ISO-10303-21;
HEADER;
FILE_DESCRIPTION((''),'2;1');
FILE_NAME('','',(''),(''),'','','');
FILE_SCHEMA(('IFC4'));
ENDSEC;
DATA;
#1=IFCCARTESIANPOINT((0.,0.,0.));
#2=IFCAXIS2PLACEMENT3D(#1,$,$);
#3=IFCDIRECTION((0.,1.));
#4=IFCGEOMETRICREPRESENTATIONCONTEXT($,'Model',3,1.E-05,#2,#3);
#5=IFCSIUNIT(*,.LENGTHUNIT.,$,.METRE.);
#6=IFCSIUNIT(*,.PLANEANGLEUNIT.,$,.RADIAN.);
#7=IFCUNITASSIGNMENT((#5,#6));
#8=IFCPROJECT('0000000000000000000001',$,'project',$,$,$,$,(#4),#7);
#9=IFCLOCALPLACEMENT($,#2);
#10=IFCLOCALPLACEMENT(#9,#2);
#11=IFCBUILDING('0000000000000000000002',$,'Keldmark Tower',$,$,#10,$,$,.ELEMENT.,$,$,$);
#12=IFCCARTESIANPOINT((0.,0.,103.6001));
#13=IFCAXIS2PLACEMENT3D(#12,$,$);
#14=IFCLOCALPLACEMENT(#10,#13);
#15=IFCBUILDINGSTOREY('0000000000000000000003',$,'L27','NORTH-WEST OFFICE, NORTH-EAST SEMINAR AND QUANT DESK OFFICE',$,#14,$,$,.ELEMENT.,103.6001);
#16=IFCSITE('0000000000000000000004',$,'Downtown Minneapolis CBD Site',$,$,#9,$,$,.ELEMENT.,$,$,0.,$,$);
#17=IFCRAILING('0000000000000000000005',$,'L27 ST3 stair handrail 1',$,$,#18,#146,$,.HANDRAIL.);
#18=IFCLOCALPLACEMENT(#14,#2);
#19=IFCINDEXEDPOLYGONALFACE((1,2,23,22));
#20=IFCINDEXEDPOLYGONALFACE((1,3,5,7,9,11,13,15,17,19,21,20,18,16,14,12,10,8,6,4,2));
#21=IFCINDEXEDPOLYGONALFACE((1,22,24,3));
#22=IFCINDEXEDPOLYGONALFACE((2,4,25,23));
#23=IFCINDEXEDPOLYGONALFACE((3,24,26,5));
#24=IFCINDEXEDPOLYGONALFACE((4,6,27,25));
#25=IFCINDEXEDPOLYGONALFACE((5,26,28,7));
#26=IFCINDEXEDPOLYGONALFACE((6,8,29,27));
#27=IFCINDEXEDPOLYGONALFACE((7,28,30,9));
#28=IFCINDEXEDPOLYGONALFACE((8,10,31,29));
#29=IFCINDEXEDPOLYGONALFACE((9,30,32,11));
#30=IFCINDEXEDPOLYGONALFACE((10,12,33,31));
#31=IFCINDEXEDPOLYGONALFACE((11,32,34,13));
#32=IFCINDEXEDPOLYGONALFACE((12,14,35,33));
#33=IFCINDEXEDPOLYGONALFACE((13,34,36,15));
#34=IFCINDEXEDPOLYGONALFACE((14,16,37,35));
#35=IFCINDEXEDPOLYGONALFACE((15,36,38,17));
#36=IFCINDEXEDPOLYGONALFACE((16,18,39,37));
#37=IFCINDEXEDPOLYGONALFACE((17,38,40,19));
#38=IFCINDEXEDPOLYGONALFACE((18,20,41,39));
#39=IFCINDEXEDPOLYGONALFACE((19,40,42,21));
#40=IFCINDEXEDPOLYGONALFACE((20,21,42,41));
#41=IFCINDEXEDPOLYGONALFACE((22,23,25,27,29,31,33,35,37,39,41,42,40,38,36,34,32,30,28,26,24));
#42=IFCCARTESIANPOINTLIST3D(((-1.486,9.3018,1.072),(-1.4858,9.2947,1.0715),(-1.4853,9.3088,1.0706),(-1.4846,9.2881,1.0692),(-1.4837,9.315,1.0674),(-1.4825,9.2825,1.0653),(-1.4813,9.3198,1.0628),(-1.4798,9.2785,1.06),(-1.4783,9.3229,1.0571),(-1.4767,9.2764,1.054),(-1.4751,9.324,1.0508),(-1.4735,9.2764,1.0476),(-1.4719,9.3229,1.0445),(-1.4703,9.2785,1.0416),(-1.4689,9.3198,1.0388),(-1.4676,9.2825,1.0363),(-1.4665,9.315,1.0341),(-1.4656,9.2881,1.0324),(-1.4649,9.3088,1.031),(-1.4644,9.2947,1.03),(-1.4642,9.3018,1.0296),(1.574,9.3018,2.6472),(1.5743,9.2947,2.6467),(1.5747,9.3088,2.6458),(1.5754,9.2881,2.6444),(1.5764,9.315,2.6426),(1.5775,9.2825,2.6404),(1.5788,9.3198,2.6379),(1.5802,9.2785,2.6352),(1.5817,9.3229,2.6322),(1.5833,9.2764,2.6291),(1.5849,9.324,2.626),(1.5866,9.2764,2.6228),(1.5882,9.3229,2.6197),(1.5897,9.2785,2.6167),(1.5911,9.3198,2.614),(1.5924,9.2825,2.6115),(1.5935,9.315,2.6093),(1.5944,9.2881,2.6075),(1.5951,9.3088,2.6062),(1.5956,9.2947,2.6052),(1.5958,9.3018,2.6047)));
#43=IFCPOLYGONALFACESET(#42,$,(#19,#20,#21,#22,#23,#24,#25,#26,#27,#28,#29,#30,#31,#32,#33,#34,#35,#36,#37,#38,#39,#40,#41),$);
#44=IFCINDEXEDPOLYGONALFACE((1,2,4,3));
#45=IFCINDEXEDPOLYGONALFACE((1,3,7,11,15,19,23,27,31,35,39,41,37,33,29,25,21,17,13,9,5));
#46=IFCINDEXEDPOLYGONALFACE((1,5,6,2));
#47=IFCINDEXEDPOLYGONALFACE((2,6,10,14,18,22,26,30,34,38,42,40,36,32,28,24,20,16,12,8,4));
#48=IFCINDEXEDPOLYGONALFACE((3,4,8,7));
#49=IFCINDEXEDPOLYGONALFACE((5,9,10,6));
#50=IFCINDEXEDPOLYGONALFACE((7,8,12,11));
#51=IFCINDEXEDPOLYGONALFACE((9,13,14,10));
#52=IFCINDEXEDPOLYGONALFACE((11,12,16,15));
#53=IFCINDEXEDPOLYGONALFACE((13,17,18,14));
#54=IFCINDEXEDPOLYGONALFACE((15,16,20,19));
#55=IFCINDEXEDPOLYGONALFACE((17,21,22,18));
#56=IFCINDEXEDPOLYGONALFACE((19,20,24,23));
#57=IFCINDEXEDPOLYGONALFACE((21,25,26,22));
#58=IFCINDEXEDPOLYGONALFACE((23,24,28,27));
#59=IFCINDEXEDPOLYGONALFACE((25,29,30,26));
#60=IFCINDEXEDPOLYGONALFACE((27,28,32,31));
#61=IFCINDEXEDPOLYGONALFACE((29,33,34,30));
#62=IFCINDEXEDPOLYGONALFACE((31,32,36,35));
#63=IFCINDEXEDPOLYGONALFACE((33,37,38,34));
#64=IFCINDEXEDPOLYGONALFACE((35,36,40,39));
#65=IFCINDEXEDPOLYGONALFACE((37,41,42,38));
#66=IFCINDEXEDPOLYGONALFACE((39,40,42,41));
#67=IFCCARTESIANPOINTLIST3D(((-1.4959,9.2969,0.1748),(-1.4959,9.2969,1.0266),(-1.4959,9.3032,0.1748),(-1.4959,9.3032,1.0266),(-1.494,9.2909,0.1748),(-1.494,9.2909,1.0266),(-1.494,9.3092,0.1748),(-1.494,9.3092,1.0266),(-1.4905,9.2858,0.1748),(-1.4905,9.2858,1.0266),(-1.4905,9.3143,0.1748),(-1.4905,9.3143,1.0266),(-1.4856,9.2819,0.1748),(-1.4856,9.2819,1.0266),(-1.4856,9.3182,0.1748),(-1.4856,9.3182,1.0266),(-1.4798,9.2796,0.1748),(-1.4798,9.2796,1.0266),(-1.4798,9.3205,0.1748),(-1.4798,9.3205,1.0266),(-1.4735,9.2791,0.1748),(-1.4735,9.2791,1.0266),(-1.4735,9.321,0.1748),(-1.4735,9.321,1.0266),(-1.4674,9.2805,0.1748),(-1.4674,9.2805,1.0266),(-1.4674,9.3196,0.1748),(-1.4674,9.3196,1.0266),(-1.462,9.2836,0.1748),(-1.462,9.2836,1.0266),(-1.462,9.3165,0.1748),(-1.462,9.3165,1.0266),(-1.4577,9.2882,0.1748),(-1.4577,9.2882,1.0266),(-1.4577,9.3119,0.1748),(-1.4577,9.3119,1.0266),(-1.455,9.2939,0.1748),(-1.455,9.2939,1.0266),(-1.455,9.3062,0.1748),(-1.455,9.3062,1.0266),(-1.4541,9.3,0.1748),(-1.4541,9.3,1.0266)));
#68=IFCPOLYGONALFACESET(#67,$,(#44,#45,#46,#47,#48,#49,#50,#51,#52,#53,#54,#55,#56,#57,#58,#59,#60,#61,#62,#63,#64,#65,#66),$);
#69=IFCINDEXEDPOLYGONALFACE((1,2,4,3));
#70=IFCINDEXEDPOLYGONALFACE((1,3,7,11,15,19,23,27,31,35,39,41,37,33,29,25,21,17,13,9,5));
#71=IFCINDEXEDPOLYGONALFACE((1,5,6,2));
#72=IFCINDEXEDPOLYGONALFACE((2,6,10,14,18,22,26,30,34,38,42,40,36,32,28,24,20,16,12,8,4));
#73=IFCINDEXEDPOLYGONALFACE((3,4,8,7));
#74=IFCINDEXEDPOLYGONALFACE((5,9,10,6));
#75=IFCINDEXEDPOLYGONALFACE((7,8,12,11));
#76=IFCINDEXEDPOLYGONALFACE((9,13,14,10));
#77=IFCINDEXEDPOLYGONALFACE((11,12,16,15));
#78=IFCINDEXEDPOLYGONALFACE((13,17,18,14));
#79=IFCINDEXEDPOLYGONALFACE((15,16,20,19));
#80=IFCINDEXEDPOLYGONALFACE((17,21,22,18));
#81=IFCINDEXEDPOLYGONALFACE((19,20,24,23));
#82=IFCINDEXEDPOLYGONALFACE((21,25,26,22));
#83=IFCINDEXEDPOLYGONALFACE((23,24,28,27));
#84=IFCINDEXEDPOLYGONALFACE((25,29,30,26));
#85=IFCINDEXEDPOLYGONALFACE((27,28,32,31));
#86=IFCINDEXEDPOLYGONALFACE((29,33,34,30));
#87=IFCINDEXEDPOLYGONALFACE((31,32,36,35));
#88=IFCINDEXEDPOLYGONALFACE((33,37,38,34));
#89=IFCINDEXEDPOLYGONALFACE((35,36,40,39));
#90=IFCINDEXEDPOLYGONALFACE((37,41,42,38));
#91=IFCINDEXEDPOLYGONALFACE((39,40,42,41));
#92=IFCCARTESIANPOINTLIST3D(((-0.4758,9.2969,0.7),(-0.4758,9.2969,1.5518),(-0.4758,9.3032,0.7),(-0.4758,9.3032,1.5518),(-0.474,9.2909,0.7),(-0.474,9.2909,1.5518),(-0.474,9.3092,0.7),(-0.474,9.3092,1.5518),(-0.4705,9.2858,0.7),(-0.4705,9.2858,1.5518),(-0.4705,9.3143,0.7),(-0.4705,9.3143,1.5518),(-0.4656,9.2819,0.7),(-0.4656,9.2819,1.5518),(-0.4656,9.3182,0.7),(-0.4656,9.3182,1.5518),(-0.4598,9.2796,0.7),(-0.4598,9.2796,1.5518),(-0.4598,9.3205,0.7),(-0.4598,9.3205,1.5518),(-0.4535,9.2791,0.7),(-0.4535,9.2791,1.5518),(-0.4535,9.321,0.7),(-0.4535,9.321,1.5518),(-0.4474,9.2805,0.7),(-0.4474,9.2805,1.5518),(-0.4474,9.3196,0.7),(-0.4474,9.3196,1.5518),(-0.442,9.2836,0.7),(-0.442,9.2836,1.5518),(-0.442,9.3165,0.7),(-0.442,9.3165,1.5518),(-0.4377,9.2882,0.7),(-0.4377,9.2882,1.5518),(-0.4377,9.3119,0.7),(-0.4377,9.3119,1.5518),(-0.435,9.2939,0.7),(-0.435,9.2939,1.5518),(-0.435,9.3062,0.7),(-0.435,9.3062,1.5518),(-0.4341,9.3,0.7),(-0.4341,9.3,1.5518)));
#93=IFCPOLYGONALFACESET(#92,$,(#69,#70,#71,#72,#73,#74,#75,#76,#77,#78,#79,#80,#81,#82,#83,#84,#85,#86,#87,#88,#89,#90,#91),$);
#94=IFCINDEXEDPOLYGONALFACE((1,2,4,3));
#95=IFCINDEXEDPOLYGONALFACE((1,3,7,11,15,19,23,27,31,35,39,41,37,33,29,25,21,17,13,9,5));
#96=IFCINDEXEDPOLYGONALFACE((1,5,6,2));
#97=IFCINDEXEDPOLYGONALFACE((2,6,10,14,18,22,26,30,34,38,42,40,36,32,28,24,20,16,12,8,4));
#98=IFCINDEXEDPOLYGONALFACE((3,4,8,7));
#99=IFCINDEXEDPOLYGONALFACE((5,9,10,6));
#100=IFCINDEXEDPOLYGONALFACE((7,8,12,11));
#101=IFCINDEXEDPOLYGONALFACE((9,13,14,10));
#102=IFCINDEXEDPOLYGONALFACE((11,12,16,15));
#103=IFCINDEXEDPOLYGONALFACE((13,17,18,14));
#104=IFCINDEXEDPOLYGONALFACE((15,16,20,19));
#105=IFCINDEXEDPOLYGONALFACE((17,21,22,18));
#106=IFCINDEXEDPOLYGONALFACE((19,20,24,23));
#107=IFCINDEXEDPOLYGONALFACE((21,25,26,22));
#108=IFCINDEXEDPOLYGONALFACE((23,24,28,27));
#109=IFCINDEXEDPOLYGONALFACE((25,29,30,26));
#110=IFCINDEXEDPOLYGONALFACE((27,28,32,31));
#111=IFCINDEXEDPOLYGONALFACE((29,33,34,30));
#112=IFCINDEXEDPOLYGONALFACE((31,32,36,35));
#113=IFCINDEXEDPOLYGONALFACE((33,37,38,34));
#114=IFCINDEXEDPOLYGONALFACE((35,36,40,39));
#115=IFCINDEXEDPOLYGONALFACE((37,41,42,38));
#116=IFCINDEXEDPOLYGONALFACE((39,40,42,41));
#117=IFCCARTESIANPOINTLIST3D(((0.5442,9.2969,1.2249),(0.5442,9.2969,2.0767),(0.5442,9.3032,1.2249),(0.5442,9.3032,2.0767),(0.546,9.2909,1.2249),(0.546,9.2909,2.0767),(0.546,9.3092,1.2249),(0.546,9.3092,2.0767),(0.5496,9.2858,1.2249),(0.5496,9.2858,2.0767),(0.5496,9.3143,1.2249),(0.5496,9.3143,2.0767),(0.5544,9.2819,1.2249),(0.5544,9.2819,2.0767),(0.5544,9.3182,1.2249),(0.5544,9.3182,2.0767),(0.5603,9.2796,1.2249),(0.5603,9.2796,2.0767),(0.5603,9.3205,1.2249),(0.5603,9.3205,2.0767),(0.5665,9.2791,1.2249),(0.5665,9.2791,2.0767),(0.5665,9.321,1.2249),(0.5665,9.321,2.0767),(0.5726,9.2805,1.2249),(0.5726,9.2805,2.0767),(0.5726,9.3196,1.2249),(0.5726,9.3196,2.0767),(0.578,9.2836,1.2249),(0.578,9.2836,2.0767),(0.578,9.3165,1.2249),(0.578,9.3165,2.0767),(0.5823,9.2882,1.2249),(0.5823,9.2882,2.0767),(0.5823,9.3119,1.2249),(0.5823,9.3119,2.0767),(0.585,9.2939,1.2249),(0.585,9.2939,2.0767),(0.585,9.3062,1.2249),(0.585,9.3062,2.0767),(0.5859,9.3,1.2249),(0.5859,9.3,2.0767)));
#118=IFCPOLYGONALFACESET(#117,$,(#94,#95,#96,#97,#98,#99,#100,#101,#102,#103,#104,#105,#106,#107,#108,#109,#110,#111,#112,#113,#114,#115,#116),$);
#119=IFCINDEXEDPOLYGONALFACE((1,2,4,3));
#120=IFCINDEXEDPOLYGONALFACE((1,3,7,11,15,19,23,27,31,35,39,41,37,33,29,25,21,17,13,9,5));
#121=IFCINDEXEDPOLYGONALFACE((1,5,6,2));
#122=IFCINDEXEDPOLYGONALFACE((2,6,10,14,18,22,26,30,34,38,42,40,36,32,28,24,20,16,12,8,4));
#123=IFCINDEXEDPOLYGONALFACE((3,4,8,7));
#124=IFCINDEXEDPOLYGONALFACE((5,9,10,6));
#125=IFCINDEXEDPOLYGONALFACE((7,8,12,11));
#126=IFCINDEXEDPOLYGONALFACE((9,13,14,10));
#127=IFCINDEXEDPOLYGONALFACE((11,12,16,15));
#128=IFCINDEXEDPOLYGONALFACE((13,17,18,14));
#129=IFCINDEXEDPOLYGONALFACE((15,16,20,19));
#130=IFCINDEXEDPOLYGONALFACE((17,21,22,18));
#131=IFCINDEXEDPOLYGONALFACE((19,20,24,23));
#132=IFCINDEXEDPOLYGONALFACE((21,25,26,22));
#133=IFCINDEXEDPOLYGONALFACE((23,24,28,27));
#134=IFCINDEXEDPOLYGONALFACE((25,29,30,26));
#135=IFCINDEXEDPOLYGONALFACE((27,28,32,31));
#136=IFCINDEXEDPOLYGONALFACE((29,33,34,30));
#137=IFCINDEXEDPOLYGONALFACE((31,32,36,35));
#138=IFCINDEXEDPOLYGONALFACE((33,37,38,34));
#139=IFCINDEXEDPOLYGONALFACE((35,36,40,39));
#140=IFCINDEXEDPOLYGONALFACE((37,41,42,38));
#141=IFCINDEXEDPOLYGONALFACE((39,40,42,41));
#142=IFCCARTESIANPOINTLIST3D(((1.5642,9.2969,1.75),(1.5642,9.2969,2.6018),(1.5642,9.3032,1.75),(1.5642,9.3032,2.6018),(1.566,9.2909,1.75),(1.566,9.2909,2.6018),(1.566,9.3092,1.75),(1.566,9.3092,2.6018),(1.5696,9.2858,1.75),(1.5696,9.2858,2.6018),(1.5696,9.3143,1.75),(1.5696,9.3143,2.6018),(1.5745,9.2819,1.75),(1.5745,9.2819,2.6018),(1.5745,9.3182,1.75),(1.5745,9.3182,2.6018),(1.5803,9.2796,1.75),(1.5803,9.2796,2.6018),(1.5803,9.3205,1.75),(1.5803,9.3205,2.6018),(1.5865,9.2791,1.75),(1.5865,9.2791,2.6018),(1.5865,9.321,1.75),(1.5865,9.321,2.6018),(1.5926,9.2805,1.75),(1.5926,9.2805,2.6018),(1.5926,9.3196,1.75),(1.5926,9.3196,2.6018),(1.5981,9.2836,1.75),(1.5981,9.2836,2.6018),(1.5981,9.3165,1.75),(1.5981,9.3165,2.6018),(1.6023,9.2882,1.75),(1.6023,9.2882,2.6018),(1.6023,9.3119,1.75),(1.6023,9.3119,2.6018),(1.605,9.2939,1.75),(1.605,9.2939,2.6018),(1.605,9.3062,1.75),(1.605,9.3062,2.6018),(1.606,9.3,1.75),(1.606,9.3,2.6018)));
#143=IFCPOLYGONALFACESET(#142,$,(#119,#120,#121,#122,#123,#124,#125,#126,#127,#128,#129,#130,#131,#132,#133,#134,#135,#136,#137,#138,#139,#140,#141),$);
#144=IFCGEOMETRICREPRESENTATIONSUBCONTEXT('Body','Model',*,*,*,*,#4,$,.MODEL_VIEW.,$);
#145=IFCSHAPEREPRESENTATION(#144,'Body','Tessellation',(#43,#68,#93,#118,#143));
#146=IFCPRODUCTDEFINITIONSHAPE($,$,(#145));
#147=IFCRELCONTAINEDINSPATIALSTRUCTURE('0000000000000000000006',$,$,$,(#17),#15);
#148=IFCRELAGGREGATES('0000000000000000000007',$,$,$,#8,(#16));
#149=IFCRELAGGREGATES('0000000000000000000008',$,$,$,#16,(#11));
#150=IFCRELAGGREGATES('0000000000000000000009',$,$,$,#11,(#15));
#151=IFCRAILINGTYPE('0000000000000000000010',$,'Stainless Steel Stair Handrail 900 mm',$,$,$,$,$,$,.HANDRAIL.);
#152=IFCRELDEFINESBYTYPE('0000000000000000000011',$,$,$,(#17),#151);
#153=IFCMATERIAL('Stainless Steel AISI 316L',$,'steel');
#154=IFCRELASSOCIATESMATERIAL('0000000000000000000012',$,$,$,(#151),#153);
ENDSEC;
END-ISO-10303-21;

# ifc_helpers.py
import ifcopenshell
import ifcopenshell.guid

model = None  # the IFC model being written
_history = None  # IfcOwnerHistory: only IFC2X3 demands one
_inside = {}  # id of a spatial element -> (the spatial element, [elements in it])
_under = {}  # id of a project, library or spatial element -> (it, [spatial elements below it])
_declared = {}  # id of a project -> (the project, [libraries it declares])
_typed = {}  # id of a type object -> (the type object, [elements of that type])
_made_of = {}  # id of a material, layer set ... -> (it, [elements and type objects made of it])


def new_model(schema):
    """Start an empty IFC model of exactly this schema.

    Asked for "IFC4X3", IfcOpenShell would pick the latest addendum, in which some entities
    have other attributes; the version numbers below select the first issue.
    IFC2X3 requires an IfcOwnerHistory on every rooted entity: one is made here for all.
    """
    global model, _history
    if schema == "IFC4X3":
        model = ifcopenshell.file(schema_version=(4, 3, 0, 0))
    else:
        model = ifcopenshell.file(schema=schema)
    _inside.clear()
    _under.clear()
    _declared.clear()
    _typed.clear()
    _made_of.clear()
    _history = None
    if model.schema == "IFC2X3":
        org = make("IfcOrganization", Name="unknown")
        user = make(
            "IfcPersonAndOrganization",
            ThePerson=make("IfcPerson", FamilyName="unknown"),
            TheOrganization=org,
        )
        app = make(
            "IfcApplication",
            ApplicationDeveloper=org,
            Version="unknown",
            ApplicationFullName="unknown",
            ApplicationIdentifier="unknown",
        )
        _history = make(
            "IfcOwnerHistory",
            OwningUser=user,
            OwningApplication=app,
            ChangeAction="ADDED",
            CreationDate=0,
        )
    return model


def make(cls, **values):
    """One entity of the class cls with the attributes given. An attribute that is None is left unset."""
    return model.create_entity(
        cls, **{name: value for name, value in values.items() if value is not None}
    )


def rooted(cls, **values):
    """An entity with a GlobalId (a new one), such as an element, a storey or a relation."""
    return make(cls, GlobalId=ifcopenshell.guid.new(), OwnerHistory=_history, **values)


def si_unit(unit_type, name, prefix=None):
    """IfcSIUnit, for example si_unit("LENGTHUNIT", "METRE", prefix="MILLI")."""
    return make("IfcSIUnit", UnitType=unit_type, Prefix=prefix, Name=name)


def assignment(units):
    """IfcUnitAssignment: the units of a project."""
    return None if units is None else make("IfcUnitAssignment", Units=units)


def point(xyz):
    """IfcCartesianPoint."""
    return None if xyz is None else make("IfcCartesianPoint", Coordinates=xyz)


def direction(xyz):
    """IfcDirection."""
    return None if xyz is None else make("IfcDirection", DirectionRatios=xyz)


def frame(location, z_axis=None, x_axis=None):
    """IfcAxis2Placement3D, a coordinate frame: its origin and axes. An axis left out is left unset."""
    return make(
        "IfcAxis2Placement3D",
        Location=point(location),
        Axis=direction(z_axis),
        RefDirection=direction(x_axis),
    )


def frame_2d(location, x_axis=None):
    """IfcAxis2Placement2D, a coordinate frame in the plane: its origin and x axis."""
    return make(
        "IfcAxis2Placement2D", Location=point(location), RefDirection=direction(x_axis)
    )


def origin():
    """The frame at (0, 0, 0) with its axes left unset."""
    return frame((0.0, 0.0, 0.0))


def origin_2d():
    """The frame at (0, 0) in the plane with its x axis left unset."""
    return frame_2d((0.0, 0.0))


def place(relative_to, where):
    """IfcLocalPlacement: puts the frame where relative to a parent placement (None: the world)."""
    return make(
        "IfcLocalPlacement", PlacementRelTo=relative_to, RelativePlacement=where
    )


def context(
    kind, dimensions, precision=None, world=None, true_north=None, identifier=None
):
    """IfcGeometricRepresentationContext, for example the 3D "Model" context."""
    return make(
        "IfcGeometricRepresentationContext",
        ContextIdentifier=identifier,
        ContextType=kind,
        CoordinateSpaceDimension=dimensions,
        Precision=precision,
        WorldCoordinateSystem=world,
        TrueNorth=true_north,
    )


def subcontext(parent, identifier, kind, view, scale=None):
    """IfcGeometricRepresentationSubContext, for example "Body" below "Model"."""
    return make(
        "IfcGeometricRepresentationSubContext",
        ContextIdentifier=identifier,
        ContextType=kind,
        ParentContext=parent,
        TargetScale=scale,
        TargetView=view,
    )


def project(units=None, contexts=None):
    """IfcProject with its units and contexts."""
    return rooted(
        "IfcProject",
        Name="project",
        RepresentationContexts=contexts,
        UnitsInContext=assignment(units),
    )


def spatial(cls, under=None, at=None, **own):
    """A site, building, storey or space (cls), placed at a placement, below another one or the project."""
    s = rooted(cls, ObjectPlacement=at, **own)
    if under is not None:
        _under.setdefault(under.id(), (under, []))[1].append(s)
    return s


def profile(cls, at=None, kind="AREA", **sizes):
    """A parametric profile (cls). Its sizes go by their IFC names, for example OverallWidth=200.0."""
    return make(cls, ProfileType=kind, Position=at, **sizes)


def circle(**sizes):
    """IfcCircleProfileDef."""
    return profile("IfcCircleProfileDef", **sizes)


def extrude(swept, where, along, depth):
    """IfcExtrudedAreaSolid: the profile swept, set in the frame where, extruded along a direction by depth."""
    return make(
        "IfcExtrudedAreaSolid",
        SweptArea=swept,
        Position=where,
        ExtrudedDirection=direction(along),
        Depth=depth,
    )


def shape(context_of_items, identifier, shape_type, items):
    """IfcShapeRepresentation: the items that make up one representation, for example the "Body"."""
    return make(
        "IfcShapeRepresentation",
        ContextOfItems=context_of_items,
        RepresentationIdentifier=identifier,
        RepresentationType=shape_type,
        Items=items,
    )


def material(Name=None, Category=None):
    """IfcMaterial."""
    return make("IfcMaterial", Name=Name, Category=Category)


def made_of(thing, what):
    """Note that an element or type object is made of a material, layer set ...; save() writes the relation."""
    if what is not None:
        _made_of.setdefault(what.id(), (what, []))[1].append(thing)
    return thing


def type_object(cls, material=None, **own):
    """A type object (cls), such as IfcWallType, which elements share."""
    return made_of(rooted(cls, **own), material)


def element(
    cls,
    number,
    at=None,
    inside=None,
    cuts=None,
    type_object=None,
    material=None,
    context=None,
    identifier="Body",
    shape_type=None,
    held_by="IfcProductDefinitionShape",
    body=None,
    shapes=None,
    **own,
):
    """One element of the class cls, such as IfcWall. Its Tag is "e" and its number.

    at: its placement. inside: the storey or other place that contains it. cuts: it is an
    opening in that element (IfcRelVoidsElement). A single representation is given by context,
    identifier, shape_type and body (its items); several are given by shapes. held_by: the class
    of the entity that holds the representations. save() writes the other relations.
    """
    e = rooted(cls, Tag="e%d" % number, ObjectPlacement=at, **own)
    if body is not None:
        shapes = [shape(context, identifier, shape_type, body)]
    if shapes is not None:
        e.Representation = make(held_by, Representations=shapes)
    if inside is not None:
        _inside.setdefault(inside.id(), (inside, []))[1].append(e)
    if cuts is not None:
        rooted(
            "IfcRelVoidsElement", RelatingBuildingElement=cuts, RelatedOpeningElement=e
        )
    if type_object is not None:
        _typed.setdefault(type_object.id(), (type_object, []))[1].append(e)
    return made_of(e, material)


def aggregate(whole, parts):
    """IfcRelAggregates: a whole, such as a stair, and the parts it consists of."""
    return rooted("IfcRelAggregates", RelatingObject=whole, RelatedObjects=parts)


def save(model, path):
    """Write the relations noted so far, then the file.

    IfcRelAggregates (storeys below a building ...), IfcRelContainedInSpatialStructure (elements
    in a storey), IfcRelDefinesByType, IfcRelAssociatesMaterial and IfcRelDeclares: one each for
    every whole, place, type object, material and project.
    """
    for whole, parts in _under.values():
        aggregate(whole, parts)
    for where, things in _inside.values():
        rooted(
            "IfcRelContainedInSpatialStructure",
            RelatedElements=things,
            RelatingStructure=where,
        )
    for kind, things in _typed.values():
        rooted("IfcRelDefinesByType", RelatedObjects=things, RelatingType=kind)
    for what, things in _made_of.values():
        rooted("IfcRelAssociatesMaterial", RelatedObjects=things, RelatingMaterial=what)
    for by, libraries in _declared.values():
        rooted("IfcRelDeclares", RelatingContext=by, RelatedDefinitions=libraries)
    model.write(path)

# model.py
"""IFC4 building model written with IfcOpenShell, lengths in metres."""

from ifc_helpers import new_model, si_unit, direction, frame, origin, origin_2d, place, context, subcontext, project, spatial, circle, extrude, material, type_object, element, save


model = new_model("IFC4")

# Units and contexts
model_context = context("Model", 3, precision=1e-05, world=origin(), true_north=direction((0.0, 1.0)))
body_context = subcontext(model_context, "Body", "Model", "MODEL_VIEW")
ifc_project = project(units=[si_unit("LENGTHUNIT", "METRE"), si_unit("PLANEANGLEUNIT", "RADIAN")], contexts=[model_context])

# Site, building, storey
site_placement = place(None, origin())
site = spatial("IfcSite", under=ifc_project, at=site_placement, Name="Downtown Minneapolis CBD Site", CompositionType="ELEMENT", RefElevation=0.0)
building_placement = place(site_placement, origin())
building = spatial("IfcBuilding", under=site, at=building_placement, Name="Keldmark Tower", CompositionType="ELEMENT")
storey_placement = place(building_placement, frame((0.0, 0.0, 103.6001)))
storey = spatial("IfcBuildingStorey", under=building, at=storey_placement, Name="L27", Description="NORTH-WEST OFFICE, NORTH-EAST SEMINAR AND QUANT DESK OFFICE", CompositionType="ELEMENT", Elevation=103.6001)

# Railing
ifc_material_1 = material(Name="Stainless Steel AISI 316L", Category="steel")
railing_type_1 = type_object("IfcRailingType", Name="Stainless Steel Stair Handrail 900 mm", PredefinedType="HANDRAIL", material=ifc_material_1)
railing_1_placement = place(storey_placement, frame((-1.4751, 9.3, 0.1748)))
element("IfcRailing", 1, at=railing_1_placement, inside=storey, type_object=railing_type_1, Name="L27 ST3 stair handrail 1", PredefinedType="HANDRAIL", context=body_context, shape_type="SweptSolid", body=[
    extrude(circle(Radius=0.0239, at=origin_2d()), frame((0.0, 0.0, 0.876), z_axis=(0.889116, 0.0, 0.457681), x_axis=(0.0, 1.0, 0.0)), (0.0, 0.0, 1.0), 3.4417),
    extrude(circle(Radius=0.021, at=origin_2d()), origin(), (0.0, 0.0, 1.0), 0.8518),
    extrude(circle(Radius=0.021, at=origin_2d()), frame((1.02, 0.0, 0.5251)), (0.0, 0.0, 1.0), 0.8518),
    extrude(circle(Radius=0.021, at=origin_2d()), frame((2.04, 0.0, 1.05)), (0.0, 0.0, 1.0), 0.8518),
    extrude(circle(Radius=0.021, at=origin_2d()), frame((3.0601, 0.0, 1.5752)), (0.0, 0.0, 1.0), 0.8518),
])

save(model, "model.ifc")
